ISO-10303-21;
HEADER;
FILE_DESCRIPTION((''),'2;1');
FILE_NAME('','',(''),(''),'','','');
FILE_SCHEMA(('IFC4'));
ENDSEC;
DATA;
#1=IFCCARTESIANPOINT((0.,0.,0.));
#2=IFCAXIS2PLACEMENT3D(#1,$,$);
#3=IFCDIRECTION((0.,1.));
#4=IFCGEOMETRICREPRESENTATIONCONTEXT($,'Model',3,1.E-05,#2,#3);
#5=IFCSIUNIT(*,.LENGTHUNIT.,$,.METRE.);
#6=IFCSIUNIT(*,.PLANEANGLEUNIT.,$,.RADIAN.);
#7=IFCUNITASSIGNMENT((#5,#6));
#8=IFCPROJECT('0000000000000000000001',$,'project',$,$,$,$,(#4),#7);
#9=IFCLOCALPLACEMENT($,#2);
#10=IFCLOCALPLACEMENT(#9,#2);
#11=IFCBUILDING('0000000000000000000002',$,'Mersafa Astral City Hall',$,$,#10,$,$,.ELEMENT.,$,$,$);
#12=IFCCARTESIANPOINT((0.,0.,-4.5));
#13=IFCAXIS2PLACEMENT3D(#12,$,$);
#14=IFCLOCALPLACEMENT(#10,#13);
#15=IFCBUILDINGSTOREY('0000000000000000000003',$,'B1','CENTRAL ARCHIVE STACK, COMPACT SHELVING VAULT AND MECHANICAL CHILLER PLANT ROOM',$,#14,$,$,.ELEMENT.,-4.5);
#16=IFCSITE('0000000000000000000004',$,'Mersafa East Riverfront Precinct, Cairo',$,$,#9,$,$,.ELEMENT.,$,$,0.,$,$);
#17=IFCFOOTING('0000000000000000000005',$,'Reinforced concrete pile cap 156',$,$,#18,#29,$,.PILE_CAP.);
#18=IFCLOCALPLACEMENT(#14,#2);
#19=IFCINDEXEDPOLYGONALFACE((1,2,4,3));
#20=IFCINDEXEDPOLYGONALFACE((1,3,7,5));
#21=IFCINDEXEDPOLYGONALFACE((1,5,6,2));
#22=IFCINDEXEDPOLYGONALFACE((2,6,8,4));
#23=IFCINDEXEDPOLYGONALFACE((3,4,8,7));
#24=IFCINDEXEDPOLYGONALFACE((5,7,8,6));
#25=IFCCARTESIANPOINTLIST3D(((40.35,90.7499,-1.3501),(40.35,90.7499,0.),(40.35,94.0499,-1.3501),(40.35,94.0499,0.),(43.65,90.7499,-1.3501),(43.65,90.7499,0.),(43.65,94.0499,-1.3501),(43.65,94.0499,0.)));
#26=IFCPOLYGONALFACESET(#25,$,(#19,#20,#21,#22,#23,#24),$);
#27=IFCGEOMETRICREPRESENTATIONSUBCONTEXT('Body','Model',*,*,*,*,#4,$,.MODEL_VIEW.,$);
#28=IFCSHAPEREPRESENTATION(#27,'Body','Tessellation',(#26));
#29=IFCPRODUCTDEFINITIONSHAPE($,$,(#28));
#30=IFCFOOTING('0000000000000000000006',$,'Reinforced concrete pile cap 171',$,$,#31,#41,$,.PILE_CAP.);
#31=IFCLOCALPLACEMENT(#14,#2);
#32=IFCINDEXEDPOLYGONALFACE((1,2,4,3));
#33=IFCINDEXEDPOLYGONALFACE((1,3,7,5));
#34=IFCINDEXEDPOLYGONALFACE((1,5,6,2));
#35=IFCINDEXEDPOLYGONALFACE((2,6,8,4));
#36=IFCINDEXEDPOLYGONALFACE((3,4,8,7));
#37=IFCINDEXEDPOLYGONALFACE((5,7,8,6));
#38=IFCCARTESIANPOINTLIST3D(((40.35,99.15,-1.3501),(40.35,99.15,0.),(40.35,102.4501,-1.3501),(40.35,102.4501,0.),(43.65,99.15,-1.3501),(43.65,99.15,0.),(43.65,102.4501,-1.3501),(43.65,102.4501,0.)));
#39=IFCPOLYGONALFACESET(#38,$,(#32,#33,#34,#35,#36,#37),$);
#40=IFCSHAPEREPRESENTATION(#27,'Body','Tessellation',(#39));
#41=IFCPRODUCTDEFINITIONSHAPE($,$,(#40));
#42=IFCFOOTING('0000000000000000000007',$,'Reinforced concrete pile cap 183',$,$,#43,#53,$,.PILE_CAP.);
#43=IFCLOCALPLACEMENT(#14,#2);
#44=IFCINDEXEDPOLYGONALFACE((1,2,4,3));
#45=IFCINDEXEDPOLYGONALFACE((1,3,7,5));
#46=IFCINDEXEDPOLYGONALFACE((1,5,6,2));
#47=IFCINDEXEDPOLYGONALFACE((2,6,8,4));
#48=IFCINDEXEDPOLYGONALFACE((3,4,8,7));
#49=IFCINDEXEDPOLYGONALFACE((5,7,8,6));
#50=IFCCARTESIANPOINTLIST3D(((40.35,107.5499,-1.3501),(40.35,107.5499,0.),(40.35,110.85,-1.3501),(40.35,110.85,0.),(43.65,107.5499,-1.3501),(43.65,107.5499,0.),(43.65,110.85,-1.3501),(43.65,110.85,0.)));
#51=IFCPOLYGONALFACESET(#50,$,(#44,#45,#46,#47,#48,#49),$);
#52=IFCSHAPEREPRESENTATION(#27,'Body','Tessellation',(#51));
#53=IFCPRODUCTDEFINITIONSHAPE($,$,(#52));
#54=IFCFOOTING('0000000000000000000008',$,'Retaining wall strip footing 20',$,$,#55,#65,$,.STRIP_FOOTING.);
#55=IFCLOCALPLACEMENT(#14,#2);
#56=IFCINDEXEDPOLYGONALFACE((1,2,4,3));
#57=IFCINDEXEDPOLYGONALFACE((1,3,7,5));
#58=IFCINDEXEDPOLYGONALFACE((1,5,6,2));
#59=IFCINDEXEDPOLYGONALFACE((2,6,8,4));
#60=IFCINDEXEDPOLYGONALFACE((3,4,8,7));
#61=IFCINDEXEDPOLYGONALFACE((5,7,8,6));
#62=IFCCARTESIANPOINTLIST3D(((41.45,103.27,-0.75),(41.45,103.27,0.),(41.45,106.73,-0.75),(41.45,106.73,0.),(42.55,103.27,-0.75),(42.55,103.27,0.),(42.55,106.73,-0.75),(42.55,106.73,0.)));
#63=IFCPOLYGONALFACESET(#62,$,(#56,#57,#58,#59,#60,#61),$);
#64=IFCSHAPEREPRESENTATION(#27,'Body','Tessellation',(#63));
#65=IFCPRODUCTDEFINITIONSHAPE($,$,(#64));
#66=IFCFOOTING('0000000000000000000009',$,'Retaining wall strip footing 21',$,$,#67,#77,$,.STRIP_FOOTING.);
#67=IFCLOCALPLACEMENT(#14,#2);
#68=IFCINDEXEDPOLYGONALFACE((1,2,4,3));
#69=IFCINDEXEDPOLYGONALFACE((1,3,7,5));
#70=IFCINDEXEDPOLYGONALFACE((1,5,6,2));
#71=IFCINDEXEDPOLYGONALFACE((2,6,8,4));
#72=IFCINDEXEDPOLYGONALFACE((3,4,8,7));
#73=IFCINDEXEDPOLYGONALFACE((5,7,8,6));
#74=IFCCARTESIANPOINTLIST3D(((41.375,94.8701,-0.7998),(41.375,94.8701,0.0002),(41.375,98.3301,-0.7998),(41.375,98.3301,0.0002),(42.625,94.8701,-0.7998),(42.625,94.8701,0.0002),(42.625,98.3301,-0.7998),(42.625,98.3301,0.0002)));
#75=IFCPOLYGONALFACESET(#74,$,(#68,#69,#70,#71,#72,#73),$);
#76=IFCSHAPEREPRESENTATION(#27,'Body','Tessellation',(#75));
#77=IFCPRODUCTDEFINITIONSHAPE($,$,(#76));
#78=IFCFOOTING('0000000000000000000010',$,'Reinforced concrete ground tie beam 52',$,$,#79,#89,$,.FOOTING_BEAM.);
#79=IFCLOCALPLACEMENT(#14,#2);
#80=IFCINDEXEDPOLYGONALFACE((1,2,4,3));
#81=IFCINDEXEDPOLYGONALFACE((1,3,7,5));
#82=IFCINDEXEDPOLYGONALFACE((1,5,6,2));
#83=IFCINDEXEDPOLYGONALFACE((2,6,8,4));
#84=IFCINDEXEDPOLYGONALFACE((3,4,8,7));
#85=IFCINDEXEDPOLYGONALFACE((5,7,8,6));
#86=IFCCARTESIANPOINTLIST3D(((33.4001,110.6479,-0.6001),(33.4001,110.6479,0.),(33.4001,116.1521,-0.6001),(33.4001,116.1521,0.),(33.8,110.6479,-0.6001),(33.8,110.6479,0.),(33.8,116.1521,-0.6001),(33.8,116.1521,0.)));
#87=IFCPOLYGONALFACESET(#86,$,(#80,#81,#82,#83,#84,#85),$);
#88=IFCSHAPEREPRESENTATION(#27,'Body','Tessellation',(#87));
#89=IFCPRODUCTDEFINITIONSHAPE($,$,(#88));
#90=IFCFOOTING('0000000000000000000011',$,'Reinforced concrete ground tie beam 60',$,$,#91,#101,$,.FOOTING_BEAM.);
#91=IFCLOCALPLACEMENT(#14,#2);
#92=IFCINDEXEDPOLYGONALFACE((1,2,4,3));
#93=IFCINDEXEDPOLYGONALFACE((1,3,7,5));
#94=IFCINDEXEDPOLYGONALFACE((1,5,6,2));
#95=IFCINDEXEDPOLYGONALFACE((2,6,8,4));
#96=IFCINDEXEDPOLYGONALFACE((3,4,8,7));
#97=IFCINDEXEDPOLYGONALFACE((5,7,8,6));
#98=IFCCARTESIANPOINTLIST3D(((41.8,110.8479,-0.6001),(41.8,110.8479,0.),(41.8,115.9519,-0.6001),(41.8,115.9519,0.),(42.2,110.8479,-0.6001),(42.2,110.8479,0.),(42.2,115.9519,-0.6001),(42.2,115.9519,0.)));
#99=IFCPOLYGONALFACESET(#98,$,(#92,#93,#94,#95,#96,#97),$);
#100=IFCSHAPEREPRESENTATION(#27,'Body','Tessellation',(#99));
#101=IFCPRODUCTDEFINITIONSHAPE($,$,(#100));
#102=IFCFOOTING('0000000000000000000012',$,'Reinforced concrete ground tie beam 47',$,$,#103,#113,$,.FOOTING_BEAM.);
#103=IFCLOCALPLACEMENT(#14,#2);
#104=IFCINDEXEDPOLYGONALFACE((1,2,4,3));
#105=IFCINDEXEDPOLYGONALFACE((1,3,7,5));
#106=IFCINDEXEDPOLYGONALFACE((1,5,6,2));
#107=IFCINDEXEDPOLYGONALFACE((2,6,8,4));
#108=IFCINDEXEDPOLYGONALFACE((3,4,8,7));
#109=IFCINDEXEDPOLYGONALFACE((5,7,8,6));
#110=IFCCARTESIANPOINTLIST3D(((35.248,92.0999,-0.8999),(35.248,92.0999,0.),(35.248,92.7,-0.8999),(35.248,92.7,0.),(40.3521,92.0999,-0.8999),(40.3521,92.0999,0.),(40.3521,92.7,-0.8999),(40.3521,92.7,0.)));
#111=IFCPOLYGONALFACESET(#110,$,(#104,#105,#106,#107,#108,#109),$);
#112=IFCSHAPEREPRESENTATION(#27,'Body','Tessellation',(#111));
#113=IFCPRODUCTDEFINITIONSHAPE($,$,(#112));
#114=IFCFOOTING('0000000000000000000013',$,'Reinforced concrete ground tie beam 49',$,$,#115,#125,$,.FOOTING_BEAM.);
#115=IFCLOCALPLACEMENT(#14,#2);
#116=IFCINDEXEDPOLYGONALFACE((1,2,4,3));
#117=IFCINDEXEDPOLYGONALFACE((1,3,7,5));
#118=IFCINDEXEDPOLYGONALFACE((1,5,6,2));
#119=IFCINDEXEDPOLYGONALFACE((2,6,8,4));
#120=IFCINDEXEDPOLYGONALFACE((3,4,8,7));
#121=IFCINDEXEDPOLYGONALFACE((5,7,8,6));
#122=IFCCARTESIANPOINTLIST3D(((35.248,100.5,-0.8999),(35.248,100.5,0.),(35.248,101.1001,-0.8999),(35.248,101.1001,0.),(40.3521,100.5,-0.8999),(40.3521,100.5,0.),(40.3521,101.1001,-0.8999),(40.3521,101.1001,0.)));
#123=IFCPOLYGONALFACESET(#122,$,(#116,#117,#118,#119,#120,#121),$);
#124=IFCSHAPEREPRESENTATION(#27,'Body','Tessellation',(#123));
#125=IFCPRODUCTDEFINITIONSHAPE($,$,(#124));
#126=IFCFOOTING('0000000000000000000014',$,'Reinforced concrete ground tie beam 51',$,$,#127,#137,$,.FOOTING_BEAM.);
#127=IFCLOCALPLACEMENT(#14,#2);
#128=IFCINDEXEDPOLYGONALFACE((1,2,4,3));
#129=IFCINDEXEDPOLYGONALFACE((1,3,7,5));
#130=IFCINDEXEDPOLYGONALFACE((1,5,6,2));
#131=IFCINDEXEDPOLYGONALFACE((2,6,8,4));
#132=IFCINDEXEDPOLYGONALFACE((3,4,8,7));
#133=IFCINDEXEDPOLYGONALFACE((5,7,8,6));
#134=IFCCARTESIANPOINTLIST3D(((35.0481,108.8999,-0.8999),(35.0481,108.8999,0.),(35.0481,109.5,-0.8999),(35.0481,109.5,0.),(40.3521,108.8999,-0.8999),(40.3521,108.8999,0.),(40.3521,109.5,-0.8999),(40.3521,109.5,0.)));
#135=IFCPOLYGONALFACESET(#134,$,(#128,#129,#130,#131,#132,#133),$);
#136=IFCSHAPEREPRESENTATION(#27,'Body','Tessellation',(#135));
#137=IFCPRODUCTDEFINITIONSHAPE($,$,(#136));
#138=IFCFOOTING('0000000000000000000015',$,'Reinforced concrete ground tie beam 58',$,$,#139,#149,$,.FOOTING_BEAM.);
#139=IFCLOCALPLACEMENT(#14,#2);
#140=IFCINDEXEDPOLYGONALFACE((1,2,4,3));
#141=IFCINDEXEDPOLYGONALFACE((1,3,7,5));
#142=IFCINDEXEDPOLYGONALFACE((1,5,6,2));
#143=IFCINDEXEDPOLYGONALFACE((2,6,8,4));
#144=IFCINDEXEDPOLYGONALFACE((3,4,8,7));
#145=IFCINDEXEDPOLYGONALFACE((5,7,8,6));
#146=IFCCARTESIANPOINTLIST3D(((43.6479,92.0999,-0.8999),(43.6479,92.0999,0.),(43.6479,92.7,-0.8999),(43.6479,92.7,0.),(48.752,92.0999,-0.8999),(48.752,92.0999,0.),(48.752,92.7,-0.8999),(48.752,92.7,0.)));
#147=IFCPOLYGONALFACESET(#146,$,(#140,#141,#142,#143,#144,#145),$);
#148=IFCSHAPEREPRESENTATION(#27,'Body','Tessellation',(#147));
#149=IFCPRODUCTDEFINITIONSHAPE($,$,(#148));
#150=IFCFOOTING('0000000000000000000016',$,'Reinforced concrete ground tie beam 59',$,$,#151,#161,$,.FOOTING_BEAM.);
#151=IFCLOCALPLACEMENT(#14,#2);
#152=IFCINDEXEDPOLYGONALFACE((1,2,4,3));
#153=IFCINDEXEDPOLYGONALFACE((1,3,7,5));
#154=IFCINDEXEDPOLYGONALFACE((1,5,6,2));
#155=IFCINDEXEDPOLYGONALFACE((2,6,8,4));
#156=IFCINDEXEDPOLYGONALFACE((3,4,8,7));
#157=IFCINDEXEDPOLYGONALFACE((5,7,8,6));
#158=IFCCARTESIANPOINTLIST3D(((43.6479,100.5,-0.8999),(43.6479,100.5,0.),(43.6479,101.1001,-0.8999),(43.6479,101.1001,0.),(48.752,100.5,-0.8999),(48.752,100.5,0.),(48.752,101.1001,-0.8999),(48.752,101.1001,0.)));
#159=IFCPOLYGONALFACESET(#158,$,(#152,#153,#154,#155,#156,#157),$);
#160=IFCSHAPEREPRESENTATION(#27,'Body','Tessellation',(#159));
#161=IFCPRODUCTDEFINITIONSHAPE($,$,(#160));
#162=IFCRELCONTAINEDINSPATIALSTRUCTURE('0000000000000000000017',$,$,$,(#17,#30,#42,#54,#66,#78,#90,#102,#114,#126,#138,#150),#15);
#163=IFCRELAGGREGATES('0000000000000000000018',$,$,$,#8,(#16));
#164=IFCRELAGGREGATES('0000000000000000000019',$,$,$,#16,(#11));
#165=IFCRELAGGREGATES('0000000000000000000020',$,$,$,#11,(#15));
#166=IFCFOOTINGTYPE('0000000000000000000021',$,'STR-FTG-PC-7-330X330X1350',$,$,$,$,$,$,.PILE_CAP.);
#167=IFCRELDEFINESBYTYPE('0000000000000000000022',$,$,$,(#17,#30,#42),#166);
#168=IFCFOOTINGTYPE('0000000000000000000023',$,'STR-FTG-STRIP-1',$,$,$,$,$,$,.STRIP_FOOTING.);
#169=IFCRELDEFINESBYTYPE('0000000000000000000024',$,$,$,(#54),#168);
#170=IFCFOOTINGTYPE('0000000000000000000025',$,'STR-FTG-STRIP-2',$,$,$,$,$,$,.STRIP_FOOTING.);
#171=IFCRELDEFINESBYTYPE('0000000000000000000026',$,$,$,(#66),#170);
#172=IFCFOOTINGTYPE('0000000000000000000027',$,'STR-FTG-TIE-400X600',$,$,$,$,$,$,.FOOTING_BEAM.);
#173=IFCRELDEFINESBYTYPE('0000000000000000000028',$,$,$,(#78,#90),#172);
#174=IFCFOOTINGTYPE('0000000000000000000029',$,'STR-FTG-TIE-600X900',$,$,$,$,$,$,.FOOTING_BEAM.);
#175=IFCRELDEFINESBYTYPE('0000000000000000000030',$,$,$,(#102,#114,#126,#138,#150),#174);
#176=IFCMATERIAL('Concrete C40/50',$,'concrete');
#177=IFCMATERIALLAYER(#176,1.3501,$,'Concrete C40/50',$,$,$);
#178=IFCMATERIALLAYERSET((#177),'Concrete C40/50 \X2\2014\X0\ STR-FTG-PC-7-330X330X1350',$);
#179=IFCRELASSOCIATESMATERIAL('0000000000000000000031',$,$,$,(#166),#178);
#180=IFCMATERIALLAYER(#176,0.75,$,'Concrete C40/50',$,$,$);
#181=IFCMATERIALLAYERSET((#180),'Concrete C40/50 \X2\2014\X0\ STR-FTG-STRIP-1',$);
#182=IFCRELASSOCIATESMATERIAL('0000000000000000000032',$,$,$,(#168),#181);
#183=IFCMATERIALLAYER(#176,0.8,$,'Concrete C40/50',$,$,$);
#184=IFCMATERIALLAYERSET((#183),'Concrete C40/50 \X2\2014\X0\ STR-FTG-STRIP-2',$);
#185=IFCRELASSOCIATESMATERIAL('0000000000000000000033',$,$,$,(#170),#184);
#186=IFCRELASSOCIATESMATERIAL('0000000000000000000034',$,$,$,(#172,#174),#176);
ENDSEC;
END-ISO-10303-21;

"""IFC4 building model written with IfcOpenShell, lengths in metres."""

from ifc_helpers import new_model, si_unit, direction, frame, origin, origin_2d, place, context, subcontext, project, spatial, rectangle, extrude, material, layer, layer_set, material_profile, profile_set, type_object, element, save


model = new_model("IFC4")

# Units and contexts
model_context = context("Model", 3, precision=1e-05, world=origin(), true_north=direction((0.0, 1.0)))
body_context = subcontext(model_context, "Body", "Model", "MODEL_VIEW")
ifc_project = project(units=[si_unit("LENGTHUNIT", "METRE"), si_unit("PLANEANGLEUNIT", "RADIAN")], contexts=[model_context])

# Site, building, storey
site_placement = place(None, origin())
site = spatial("IfcSite", under=ifc_project, at=site_placement, Name="Mersafa East Riverfront Precinct, Cairo", CompositionType="ELEMENT", RefElevation=0.0)
building_placement = place(site_placement, origin())
building = spatial("IfcBuilding", under=site, at=building_placement, Name="Mersafa Astral City Hall", CompositionType="ELEMENT")
storey_placement = place(building_placement, frame((0.0, 0.0, -4.5)))
storey = spatial("IfcBuildingStorey", under=building, at=storey_placement, Name="B1", Description="CENTRAL ARCHIVE STACK, COMPACT SHELVING VAULT AND MECHANICAL CHILLER PLANT ROOM", CompositionType="ELEMENT", Elevation=-4.5)

# Footings
ifc_material_1 = material(Name="Concrete C40/50", Category="concrete")
ifc_layer_1 = layer(ifc_material_1, 1.3501, Name="Concrete C40/50")
ifc_layer_set_1 = layer_set([ifc_layer_1], Name="Concrete C40/50 — STR-FTG-PC-7-330X330X1350")
footing_type_1 = type_object("IfcFootingType", Name="STR-FTG-PC-7-330X330X1350", PredefinedType="PILE_CAP", material=ifc_layer_set_1)
for number, where, z_axis, x_axis, name in (
    (1, (42.0, 92.3999, -1.3501), (0.0, 0.0, 1.0), (1.0, 0.0, 0.0), "Reinforced concrete pile cap 156"),
    (2, (42.0, 100.8, -1.3501), (0.0, 0.0, 1.0), (1.0, 0.0, 0.0), "Reinforced concrete pile cap 171"),
    (3, (42.0, 109.2, -1.3501), (0.0, 0.0, 1.0), (1.0, 0.0, 0.0), "Reinforced concrete pile cap 183"),
):
    element("IfcFooting", number, at=place(storey_placement, frame(where, z_axis=z_axis, x_axis=x_axis)), inside=storey, type_object=footing_type_1, Name=name, PredefinedType="PILE_CAP", context=body_context, shape_type="SweptSolid", body=[
        extrude(rectangle(XDim=3.3, YDim=3.3, at=origin_2d()), origin(), (0.0, 0.0, 1.0), 1.3501),
    ])
ifc_layer_2 = layer(ifc_material_1, 0.75, Name="Concrete C40/50")
ifc_layer_set_2 = layer_set([ifc_layer_2], Name="Concrete C40/50 — STR-FTG-STRIP-1")
footing_type_2 = type_object("IfcFootingType", Name="STR-FTG-STRIP-1", PredefinedType="STRIP_FOOTING", material=ifc_layer_set_2)
footing_1_placement = place(storey_placement, frame((42.0, 105.0, -0.75), z_axis=(0.0, 0.0, 1.0), x_axis=(0.0, -1.0, 0.0)))
element("IfcFooting", 4, at=footing_1_placement, inside=storey, type_object=footing_type_2, Name="Retaining wall strip footing 20", PredefinedType="STRIP_FOOTING", context=body_context, shape_type="SweptSolid", body=[
    extrude(rectangle(XDim=3.46, YDim=1.1001, at=origin_2d()), origin(), (0.0, 0.0, 1.0), 0.75),
])
ifc_layer_3 = layer(ifc_material_1, 0.8, Name="Concrete C40/50")
ifc_layer_set_3 = layer_set([ifc_layer_3], Name="Concrete C40/50 — STR-FTG-STRIP-2")
footing_type_3 = type_object("IfcFootingType", Name="STR-FTG-STRIP-2", PredefinedType="STRIP_FOOTING", material=ifc_layer_set_3)
footing_2_placement = place(storey_placement, frame((42.0, 96.6001, -0.7998), z_axis=(0.0, 0.0, 1.0), x_axis=(0.0, -1.0, 0.0)))
element("IfcFooting", 5, at=footing_2_placement, inside=storey, type_object=footing_type_3, Name="Retaining wall strip footing 21", PredefinedType="STRIP_FOOTING", context=body_context, shape_type="SweptSolid", body=[
    extrude(rectangle(XDim=3.46, YDim=1.25, at=origin_2d()), origin(), (0.0, 0.0, 1.0), 0.8),
])
ifc_material_profile_1 = material_profile(ifc_material_1, rectangle(XDim=0.3999, YDim=0.6001, at=origin_2d()), Name="RC 400x600")
ifc_profile_set_1 = profile_set([ifc_material_profile_1], Name="Concrete C40/50")
footing_type_4 = type_object("IfcFootingType", Name="STR-FTG-TIE-400X600", PredefinedType="FOOTING_BEAM", material=ifc_profile_set_1)
footing_3_placement = place(storey_placement, frame((33.6001, 110.6479, -0.3), z_axis=(0.0, 1.0, 0.0), x_axis=(-1.0, 0.0, 0.0)))
element("IfcFooting", 6, at=footing_3_placement, inside=storey, type_object=footing_type_4, Name="Reinforced concrete ground tie beam 52", PredefinedType="FOOTING_BEAM", context=body_context, shape_type="SweptSolid", body=[
    extrude(rectangle(XDim=0.3999, YDim=0.6001, at=origin_2d()), origin(), (0.0, 0.0, 1.0), 5.5042),
])
footing_4_placement = place(storey_placement, frame((42.0, 110.8479, -0.3), z_axis=(0.0, 1.0, 0.0), x_axis=(-1.0, 0.0, 0.0)))
element("IfcFooting", 7, at=footing_4_placement, inside=storey, type_object=footing_type_4, Name="Reinforced concrete ground tie beam 60", PredefinedType="FOOTING_BEAM", context=body_context, shape_type="SweptSolid", body=[
    extrude(rectangle(XDim=0.3999, YDim=0.6001, at=origin_2d()), origin(), (0.0, 0.0, 1.0), 5.104),
])
ifc_material_profile_2 = material_profile(ifc_material_1, rectangle(XDim=0.6001, YDim=0.8999, at=origin_2d()), Name="RC 600x900")
ifc_profile_set_2 = profile_set([ifc_material_profile_2], Name="Concrete C40/50")
footing_type_5 = type_object("IfcFootingType", Name="STR-FTG-TIE-600X900", PredefinedType="FOOTING_BEAM", material=ifc_profile_set_2)
for number, where, z_axis, x_axis, name in (
    (8, (35.248, 92.3999, -0.45), (1.0, 0.0, 0.0), (0.0, 1.0, 0.0), "Reinforced concrete ground tie beam 47"),
    (9, (35.248, 100.8, -0.45), (1.0, 0.0, 0.0), (0.0, 1.0, 0.0), "Reinforced concrete ground tie beam 49"),
):
    element("IfcFooting", number, at=place(storey_placement, frame(where, z_axis=z_axis, x_axis=x_axis)), inside=storey, type_object=footing_type_5, Name=name, PredefinedType="FOOTING_BEAM", context=body_context, shape_type="SweptSolid", body=[
        extrude(rectangle(XDim=0.6001, YDim=0.8999, at=origin_2d()), origin(), (0.0, 0.0, 1.0), 5.104),
    ])
footing_5_placement = place(storey_placement, frame((35.0481, 109.2, -0.45), z_axis=(1.0, 0.0, 0.0), x_axis=(0.0, 1.0, 0.0)))
element("IfcFooting", 10, at=footing_5_placement, inside=storey, type_object=footing_type_5, Name="Reinforced concrete ground tie beam 51", PredefinedType="FOOTING_BEAM", context=body_context, shape_type="SweptSolid", body=[
    extrude(rectangle(XDim=0.6001, YDim=0.8999, at=origin_2d()), origin(), (0.0, 0.0, 1.0), 5.304),
])
for number, where, z_axis, x_axis, name in (
    (11, (43.6479, 92.3999, -0.45), (1.0, 0.0, 0.0), (0.0, 1.0, 0.0), "Reinforced concrete ground tie beam 58"),
    (12, (43.6479, 100.8, -0.45), (1.0, 0.0, 0.0), (0.0, 1.0, 0.0), "Reinforced concrete ground tie beam 59"),
):
    element("IfcFooting", number, at=place(storey_placement, frame(where, z_axis=z_axis, x_axis=x_axis)), inside=storey, type_object=footing_type_5, Name=name, PredefinedType="FOOTING_BEAM", context=body_context, shape_type="SweptSolid", body=[
        extrude(rectangle(XDim=0.6001, YDim=0.8999, at=origin_2d()), origin(), (0.0, 0.0, 1.0), 5.104),
    ])

save(model, "model.ifc")
